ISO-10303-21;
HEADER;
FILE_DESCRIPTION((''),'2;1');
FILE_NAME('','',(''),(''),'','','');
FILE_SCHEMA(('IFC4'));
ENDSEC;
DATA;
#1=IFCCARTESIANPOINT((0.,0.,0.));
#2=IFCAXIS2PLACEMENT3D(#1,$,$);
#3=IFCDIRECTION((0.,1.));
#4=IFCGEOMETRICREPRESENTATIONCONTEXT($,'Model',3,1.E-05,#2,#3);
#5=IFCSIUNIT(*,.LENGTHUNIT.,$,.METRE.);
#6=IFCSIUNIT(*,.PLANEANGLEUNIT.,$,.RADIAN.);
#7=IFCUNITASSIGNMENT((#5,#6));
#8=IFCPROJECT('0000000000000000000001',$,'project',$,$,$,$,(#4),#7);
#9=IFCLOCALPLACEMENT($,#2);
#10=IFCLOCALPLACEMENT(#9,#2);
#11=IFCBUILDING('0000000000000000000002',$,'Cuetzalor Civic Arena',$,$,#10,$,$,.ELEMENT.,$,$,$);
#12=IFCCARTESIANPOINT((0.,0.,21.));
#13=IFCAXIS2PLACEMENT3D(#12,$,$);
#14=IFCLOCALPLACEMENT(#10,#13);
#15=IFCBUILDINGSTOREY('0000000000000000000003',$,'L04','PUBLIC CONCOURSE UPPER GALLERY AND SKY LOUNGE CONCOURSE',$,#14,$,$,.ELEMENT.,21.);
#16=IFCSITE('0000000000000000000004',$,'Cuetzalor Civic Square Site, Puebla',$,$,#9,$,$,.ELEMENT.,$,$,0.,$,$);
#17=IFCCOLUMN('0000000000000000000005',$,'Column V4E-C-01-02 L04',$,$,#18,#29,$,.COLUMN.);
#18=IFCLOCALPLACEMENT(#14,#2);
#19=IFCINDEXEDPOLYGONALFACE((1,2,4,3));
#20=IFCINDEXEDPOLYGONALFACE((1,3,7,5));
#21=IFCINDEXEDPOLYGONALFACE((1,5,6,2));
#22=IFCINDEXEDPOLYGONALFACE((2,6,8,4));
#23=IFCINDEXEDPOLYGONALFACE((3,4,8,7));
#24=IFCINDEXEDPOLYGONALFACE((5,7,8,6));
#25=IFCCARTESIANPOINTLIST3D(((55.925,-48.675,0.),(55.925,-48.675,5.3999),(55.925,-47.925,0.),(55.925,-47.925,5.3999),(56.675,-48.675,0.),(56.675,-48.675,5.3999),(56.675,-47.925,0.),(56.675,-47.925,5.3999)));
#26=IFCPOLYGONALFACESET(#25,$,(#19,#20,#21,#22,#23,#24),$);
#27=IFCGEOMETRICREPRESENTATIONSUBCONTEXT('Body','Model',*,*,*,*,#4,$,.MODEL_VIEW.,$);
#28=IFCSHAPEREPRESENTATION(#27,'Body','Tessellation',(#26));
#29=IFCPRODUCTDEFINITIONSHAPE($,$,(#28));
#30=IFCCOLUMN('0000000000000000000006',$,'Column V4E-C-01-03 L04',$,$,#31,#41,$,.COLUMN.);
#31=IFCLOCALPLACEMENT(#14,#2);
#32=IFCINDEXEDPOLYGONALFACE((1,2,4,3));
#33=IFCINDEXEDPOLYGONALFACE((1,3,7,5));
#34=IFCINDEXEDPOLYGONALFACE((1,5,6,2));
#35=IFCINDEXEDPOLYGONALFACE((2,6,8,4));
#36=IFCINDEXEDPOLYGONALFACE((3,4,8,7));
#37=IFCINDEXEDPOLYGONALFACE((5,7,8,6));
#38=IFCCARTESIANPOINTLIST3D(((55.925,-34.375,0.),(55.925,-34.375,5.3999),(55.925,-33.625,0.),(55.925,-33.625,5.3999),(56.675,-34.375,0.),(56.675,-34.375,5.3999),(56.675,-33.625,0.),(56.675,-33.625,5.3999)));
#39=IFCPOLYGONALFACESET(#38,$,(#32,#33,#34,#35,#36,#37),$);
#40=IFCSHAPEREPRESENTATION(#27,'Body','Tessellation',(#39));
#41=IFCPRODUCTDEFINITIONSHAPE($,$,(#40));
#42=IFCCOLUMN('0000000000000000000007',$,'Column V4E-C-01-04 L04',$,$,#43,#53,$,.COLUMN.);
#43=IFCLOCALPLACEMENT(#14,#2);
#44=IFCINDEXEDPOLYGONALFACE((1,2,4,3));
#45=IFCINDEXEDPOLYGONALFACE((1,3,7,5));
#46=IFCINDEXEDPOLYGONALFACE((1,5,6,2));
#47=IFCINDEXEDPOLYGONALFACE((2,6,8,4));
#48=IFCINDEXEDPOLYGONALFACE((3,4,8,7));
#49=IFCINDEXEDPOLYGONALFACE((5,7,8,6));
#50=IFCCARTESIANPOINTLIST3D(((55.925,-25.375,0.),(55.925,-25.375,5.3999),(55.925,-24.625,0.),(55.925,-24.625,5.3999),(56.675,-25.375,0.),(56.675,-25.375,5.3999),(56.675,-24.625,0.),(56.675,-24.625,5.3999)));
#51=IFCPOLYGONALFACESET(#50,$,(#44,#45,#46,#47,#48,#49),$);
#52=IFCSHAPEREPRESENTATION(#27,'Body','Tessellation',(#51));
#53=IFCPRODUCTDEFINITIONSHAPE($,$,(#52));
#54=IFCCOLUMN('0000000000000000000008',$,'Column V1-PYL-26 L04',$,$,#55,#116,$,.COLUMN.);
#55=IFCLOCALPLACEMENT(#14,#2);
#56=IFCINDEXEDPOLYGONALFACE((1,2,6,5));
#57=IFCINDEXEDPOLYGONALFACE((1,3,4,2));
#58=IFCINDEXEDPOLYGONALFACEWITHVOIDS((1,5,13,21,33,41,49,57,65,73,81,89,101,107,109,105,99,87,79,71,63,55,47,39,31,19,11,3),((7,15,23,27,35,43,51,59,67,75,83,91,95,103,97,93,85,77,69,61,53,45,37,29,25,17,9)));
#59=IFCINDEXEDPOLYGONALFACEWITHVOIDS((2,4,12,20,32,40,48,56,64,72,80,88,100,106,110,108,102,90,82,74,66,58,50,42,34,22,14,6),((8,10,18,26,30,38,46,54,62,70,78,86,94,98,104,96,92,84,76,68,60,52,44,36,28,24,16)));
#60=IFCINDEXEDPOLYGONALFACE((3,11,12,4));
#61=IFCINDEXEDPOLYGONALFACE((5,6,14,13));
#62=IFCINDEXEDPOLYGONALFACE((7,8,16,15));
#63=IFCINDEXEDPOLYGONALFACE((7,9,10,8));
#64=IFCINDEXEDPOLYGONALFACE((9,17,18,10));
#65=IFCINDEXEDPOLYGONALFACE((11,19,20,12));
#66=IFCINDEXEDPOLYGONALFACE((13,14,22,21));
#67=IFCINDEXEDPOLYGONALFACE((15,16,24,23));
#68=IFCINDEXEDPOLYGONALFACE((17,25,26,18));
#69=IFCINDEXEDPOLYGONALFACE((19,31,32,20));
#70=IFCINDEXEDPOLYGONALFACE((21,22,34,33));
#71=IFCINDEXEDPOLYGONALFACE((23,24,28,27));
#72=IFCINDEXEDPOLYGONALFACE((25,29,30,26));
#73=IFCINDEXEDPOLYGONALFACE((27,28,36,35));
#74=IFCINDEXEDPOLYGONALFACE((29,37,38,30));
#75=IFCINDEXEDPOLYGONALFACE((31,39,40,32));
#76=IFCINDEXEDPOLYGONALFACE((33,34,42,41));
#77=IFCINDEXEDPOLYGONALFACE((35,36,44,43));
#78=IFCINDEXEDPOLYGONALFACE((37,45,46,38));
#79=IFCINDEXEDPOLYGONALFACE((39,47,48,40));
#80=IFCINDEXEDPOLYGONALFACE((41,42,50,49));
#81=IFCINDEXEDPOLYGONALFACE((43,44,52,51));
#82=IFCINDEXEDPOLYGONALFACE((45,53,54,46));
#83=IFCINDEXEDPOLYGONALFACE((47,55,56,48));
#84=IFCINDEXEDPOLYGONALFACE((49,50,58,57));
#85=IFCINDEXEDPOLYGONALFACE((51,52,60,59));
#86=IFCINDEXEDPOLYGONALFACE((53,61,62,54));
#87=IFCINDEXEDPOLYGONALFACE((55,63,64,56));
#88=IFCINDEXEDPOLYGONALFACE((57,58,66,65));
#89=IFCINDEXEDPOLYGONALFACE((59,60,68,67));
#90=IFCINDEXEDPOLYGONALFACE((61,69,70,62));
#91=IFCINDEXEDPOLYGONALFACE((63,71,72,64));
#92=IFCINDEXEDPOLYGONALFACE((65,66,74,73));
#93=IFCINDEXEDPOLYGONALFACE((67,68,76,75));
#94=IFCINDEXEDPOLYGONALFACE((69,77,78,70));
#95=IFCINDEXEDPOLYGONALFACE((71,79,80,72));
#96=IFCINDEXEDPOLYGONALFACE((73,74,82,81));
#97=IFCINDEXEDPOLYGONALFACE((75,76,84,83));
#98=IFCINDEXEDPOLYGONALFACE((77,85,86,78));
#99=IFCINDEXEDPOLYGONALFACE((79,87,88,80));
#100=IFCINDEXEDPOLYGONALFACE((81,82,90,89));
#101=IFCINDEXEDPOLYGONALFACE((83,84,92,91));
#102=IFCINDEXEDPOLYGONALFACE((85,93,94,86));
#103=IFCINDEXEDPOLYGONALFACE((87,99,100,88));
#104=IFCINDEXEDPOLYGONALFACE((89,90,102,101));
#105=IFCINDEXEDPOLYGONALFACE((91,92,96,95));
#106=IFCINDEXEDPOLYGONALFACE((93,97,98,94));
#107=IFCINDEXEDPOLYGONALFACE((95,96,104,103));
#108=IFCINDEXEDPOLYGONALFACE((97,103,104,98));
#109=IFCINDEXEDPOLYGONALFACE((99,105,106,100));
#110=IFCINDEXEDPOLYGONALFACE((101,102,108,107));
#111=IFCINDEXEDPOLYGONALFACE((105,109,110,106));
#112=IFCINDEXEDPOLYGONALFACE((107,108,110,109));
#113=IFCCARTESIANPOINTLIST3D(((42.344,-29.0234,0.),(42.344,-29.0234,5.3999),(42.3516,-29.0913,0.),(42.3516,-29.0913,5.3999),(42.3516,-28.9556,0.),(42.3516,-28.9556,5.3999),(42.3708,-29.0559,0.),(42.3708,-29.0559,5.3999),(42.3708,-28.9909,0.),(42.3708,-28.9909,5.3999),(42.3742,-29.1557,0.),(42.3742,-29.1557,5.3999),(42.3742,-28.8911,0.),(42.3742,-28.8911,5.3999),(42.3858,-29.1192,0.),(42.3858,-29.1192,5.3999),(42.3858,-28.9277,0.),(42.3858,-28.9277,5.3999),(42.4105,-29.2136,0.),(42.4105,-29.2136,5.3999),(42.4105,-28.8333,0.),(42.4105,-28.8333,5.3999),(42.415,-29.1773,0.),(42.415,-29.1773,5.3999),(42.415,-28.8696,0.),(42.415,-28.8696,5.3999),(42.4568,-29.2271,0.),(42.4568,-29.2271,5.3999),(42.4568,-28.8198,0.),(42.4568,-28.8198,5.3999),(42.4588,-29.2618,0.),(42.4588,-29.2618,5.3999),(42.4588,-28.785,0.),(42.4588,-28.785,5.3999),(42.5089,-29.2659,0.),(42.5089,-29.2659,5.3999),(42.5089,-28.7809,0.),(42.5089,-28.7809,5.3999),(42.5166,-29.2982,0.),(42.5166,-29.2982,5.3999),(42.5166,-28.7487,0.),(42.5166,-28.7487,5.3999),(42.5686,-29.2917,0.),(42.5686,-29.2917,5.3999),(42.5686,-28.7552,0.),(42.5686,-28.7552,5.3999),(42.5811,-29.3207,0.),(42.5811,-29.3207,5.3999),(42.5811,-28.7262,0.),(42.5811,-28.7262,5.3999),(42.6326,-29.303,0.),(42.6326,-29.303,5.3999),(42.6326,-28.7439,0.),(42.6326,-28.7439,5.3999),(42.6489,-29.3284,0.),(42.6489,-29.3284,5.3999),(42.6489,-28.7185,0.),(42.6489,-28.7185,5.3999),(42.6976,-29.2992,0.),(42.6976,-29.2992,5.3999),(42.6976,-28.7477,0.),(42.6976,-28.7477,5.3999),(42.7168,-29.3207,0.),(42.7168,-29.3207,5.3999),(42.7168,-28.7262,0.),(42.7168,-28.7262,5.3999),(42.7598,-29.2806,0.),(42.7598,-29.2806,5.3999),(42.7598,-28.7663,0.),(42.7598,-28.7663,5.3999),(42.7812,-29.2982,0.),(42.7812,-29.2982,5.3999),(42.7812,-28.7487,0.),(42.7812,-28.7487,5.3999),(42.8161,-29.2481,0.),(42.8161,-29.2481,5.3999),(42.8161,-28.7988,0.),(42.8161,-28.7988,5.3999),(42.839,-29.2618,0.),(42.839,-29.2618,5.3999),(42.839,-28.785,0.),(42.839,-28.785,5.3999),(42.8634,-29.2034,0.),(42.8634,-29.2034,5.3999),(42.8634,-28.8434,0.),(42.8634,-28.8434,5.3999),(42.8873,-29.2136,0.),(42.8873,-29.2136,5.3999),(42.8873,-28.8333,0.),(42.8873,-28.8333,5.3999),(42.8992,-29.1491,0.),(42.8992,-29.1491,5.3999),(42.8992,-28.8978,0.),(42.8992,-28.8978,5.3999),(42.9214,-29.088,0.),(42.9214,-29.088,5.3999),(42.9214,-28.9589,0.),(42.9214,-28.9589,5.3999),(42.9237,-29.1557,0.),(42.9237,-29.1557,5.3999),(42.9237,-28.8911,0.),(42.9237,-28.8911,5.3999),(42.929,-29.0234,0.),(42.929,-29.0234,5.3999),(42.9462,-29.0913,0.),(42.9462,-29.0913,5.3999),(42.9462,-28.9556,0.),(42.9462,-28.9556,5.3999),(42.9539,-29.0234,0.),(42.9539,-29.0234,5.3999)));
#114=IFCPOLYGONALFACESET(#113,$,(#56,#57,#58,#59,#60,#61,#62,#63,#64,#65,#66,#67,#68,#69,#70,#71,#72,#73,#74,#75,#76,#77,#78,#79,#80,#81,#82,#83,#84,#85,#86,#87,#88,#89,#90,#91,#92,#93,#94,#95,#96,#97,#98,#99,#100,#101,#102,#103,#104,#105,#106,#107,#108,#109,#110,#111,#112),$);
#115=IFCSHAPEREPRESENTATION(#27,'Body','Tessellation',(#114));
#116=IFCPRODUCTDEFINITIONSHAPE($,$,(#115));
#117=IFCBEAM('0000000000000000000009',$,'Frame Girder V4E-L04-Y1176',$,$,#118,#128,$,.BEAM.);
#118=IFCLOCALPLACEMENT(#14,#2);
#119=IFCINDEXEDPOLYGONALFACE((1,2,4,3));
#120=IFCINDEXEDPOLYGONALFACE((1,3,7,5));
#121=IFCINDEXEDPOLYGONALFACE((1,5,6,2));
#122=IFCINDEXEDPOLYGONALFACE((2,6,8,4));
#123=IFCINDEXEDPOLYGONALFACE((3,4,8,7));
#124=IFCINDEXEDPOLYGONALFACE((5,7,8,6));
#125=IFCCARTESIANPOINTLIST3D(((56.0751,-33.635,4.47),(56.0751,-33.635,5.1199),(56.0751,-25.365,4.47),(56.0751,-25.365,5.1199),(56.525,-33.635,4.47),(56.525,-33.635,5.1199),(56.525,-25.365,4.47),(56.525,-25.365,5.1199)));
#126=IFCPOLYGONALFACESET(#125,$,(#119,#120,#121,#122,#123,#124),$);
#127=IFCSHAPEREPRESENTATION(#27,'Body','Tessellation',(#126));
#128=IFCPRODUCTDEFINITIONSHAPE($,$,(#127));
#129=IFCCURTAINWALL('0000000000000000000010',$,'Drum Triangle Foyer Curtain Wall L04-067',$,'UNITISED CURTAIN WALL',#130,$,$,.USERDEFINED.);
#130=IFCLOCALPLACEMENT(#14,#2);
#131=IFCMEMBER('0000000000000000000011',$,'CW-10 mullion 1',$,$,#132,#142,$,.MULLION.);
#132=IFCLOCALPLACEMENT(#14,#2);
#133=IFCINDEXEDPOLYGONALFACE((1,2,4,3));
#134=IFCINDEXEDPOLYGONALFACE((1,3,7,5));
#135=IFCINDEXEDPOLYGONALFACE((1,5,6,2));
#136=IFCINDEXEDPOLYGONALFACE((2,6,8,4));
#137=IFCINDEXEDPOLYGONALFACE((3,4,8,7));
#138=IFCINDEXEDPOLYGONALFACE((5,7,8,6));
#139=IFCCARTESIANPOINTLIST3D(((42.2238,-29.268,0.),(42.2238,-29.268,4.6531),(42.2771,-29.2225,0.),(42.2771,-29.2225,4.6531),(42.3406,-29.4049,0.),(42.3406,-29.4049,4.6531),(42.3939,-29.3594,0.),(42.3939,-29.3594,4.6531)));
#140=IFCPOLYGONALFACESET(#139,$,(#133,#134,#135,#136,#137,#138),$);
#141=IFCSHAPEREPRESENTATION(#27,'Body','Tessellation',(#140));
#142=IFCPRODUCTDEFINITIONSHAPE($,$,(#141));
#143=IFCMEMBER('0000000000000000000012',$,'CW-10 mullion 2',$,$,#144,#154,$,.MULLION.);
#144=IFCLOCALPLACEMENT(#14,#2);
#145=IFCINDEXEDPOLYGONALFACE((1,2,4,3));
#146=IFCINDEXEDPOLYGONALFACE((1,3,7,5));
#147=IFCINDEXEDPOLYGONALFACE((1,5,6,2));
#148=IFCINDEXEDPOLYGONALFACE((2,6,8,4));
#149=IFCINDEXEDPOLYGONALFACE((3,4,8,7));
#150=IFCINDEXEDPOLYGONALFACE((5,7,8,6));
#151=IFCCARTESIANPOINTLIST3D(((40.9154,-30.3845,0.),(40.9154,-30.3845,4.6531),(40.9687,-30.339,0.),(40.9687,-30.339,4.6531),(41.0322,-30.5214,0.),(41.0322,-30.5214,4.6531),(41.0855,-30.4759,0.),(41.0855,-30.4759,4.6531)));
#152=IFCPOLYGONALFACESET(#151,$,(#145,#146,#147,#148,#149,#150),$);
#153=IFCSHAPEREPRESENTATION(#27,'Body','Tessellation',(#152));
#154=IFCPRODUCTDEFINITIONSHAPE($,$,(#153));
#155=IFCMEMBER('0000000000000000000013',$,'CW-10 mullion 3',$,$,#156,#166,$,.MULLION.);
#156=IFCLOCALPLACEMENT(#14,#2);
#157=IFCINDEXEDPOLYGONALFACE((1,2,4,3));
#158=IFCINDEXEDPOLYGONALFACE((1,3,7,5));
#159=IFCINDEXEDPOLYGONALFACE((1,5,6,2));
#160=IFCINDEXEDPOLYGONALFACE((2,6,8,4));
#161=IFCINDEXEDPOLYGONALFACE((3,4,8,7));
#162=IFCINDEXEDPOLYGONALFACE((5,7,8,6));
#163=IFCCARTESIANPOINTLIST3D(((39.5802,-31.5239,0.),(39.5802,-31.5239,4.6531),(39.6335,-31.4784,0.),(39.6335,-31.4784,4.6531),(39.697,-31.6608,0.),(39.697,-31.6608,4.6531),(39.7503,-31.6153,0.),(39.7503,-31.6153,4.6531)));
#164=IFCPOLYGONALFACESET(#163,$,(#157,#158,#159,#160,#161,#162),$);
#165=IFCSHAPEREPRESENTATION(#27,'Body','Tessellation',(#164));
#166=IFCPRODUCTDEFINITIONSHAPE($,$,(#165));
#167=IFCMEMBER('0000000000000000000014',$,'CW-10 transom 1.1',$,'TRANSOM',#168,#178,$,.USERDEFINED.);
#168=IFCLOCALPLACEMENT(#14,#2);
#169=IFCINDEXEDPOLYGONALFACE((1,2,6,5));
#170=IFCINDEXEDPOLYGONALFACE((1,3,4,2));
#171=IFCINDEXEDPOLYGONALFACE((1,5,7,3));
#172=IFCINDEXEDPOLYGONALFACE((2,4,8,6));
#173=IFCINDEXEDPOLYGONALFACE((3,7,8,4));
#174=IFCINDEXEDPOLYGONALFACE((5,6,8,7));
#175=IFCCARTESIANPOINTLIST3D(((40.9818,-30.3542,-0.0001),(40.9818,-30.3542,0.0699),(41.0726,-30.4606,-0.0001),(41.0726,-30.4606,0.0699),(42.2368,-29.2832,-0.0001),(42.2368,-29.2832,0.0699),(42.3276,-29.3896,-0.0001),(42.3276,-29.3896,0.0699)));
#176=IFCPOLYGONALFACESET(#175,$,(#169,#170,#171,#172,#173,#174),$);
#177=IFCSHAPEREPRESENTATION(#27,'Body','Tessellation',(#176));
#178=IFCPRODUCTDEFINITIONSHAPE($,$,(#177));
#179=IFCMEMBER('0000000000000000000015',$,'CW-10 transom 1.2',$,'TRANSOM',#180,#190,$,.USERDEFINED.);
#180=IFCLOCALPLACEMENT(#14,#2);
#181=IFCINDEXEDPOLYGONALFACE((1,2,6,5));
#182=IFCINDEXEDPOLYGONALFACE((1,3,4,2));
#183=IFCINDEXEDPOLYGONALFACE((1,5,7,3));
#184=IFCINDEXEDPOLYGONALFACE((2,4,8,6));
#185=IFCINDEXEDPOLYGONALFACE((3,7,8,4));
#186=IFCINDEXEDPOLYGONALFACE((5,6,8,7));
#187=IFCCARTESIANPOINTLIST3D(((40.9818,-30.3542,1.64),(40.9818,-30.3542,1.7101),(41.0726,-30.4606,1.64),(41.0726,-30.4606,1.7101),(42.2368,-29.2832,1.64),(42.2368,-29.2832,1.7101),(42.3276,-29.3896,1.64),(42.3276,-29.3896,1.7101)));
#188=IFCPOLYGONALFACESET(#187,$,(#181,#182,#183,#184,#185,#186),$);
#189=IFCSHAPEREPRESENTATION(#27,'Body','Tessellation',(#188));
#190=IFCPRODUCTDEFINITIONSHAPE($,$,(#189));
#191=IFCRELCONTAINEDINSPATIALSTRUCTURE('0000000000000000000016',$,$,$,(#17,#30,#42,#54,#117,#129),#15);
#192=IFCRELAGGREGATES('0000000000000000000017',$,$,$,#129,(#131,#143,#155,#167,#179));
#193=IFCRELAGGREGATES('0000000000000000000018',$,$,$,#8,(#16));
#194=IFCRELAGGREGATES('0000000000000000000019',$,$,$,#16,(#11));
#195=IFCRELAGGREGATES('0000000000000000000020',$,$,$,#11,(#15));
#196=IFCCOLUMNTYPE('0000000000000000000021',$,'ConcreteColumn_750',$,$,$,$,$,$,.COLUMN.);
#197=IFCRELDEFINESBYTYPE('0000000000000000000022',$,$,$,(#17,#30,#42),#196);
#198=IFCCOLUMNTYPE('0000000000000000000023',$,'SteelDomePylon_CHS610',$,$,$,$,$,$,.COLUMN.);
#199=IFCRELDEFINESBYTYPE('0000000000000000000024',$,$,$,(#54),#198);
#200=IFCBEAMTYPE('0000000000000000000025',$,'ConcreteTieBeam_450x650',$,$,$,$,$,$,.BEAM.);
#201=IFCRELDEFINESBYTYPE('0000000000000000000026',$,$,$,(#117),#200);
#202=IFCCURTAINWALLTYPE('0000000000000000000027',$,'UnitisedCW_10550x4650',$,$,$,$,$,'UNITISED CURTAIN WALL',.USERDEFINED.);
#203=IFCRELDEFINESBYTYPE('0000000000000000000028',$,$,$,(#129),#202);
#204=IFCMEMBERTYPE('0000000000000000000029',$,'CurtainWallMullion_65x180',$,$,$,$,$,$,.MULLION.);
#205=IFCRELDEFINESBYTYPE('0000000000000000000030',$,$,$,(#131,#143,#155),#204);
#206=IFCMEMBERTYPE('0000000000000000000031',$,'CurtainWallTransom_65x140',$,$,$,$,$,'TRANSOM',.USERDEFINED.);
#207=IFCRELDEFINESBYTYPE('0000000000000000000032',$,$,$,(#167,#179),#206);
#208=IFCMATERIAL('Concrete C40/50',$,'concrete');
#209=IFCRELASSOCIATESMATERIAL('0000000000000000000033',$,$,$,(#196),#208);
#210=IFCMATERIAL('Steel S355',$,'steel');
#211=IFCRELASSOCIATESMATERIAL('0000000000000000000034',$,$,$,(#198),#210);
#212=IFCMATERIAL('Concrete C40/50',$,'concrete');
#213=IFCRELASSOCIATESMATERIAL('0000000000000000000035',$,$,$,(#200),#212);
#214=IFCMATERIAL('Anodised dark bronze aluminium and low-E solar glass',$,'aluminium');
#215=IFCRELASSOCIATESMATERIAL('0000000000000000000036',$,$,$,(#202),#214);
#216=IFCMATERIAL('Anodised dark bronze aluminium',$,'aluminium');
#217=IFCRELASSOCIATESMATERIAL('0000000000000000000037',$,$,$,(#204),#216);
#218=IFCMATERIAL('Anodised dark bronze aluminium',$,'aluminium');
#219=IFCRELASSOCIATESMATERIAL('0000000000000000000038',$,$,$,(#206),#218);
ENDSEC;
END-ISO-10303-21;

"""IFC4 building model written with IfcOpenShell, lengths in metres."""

from ifc_helpers import new_model, si_unit, direction, frame, origin, origin_2d, place, context, subcontext, project, spatial, rectangle, hollow_circle, extrude, material, material_profile, profile_set, type_object, element, aggregate, save


model = new_model("IFC4")

# Units and contexts
model_context = context("Model", 3, precision=1e-05, world=origin(), true_north=direction((0.0, 1.0)))
body_context = subcontext(model_context, "Body", "Model", "MODEL_VIEW")
ifc_project = project(units=[si_unit("LENGTHUNIT", "METRE"), si_unit("PLANEANGLEUNIT", "RADIAN")], contexts=[model_context])

# Site, building, storey
site_placement = place(None, origin())
site = spatial("IfcSite", under=ifc_project, at=site_placement, Name="Cuetzalor Civic Square Site, Puebla", CompositionType="ELEMENT", RefElevation=0.0)
building_placement = place(site_placement, origin())
building = spatial("IfcBuilding", under=site, at=building_placement, Name="Cuetzalor Civic Arena", CompositionType="ELEMENT")
storey_placement = place(building_placement, frame((0.0, 0.0, 21.0)))
storey = spatial("IfcBuildingStorey", under=building, at=storey_placement, Name="L04", Description="PUBLIC CONCOURSE UPPER GALLERY AND SKY LOUNGE CONCOURSE", CompositionType="ELEMENT", Elevation=21.0)

# Columns
ifc_material_1 = material(Name="Concrete C40/50", Category="concrete")
ifc_material_profile_1 = material_profile(ifc_material_1, rectangle(XDim=0.75, YDim=0.75, at=origin_2d()), Name="RC 750x750")
ifc_profile_set_1 = profile_set([ifc_material_profile_1], Name="Concrete C40/50")
column_type_1 = type_object("IfcColumnType", Name="ConcreteColumn_750", PredefinedType="COLUMN", material=ifc_profile_set_1)
for number, where, z_axis, x_axis, name in (
    (1, (56.3, -48.3, 0.0), (0.0, 0.0, 1.0), (1.0, 0.0, 0.0), "Column V4E-C-01-02 L04"),
    (2, (56.3, -34.0, 0.0), (0.0, 0.0, 1.0), (1.0, 0.0, 0.0), "Column V4E-C-01-03 L04"),
    (3, (56.3, -25.0, 0.0), (0.0, 0.0, 1.0), (1.0, 0.0, 0.0), "Column V4E-C-01-04 L04"),
):
    element("IfcColumn", number, at=place(storey_placement, frame(where, z_axis=z_axis, x_axis=x_axis)), inside=storey, type_object=column_type_1, Name=name, PredefinedType="COLUMN", context=body_context, shape_type="SweptSolid", body=[
        extrude(rectangle(XDim=0.75, YDim=0.75, at=origin_2d()), origin(), (0.0, 0.0, 1.0), 5.3999),
    ])
ifc_material_2 = material(Name="Steel S355", Category="steel")
ifc_material_profile_2 = material_profile(ifc_material_2, hollow_circle(Radius=0.3049, WallThickness=0.0249, at=origin_2d()), Name="CHS 610x25")
ifc_profile_set_2 = profile_set([ifc_material_profile_2], Name="Steel S355")
column_type_2 = type_object("IfcColumnType", Name="SteelDomePylon_CHS610", PredefinedType="COLUMN", material=ifc_profile_set_2)
column_placement = place(storey_placement, frame((42.6489, -29.0234, 0.0), z_axis=(0.0, 0.0, 1.0), x_axis=(1.0, 0.0, 0.0)))
element("IfcColumn", 4, at=column_placement, inside=storey, type_object=column_type_2, Name="Column V1-PYL-26 L04", PredefinedType="COLUMN", context=body_context, shape_type="SweptSolid", body=[
    extrude(hollow_circle(Radius=0.3049, WallThickness=0.0249, at=origin_2d()), origin(), (0.0, 0.0, 1.0), 5.3999),
])

# Beam
ifc_material_3 = material(Name="Concrete C40/50", Category="concrete")
ifc_material_profile_3 = material_profile(ifc_material_3, rectangle(XDim=0.45, YDim=0.6499, at=origin_2d()), Name="RC 450x650")
ifc_profile_set_3 = profile_set([ifc_material_profile_3], Name="Concrete C40/50")
beam_type_1 = type_object("IfcBeamType", Name="ConcreteTieBeam_450x650", PredefinedType="BEAM", material=ifc_profile_set_3)
beam_1_placement = place(storey_placement, frame((56.3, -33.635, 4.7949), z_axis=(0.0, 1.0, 0.0), x_axis=(-1.0, 0.0, 0.0)))
element("IfcBeam", 5, at=beam_1_placement, inside=storey, type_object=beam_type_1, Name="Frame Girder V4E-L04-Y1176", PredefinedType="BEAM", context=body_context, shape_type="SweptSolid", body=[
    extrude(rectangle(XDim=0.45, YDim=0.6499, at=origin_2d()), origin(), (0.0, 0.0, 1.0), 8.27),
])

# Curtain wall, members
ifc_material_4 = material(Name="Anodised dark bronze aluminium and low-E solar glass", Category="aluminium")
curtain_wall_type = type_object("IfcCurtainWallType", Name="UnitisedCW_10550x4650", ElementType="UNITISED CURTAIN WALL", PredefinedType="USERDEFINED", material=ifc_material_4)
curtain_wall_placement = place(storey_placement, origin())
curtain_wall = element("IfcCurtainWall", 6, at=curtain_wall_placement, inside=storey, type_object=curtain_wall_type, Name="Drum Triangle Foyer Curtain Wall L04-067", ObjectType="UNITISED CURTAIN WALL", PredefinedType="USERDEFINED")
ifc_material_5 = material(Name="Anodised dark bronze aluminium", Category="aluminium")
ifc_material_profile_4 = material_profile(ifc_material_5, rectangle(XDim=0.0701, YDim=0.1799, at=origin_2d()), Name="ALU MULLION 70x180")
ifc_profile_set_4 = profile_set([ifc_material_profile_4], Name="Anodised dark bronze aluminium")
member_type_1 = type_object("IfcMemberType", Name="CurtainWallMullion_65x180", PredefinedType="MULLION", material=ifc_profile_set_4)
member_1_placement = place(storey_placement, frame((42.3088, -29.3137, 0.0), z_axis=(0.0, 0.0, 1.0), x_axis=(-0.760677, -0.64913, 0.0)))
member_1 = element("IfcMember", 7, at=member_1_placement, type_object=member_type_1, Name="CW-10 mullion 1", PredefinedType="MULLION", context=body_context, shape_type="SweptSolid", body=[
    extrude(rectangle(XDim=0.0701, YDim=0.1799, at=origin_2d()), origin(), (0.0, 0.0, 1.0), 4.6531),
])
member_2_placement = place(storey_placement, frame((41.0005, -30.4302, 0.0), z_axis=(0.0, 0.0, 1.0), x_axis=(-0.760677, -0.64913, 0.0)))
member_2 = element("IfcMember", 8, at=member_2_placement, type_object=member_type_1, Name="CW-10 mullion 2", PredefinedType="MULLION", context=body_context, shape_type="SweptSolid", body=[
    extrude(rectangle(XDim=0.0701, YDim=0.1799, at=origin_2d()), origin(), (0.0, 0.0, 1.0), 4.6531),
])
member_3_placement = place(storey_placement, frame((39.6653, -31.5696, 0.0), z_axis=(0.0, 0.0, 1.0), x_axis=(-0.760677, -0.64913, 0.0)))
member_3 = element("IfcMember", 9, at=member_3_placement, type_object=member_type_1, Name="CW-10 mullion 3", PredefinedType="MULLION", context=body_context, shape_type="SweptSolid", body=[
    extrude(rectangle(XDim=0.0701, YDim=0.1799, at=origin_2d()), origin(), (0.0, 0.0, 1.0), 4.6531),
])
ifc_material_6 = material(Name="Anodised dark bronze aluminium", Category="aluminium")
ifc_material_profile_5 = material_profile(ifc_material_6, rectangle(XDim=0.1399, YDim=0.0701, at=origin_2d()), Name="ALU TRANSOM 70x140")
ifc_profile_set_5 = profile_set([ifc_material_profile_5], Name="Anodised dark bronze aluminium")
member_type_2 = type_object("IfcMemberType", Name="CurtainWallTransom_65x140", ElementType="TRANSOM", PredefinedType="USERDEFINED", material=ifc_profile_set_5)
member_4_placement = place(storey_placement, frame((42.2822, -29.3364, 0.0349), z_axis=(-0.760686, -0.64912, 0.0), x_axis=(0.64912, -0.760686, 0.0)))
member_4 = element("IfcMember", 10, at=member_4_placement, type_object=member_type_2, Name="CW-10 transom 1.1", ObjectType="TRANSOM", PredefinedType="USERDEFINED", context=body_context, shape_type="SweptSolid", body=[
    extrude(rectangle(XDim=0.1399, YDim=0.0701, at=origin_2d()), origin(), (0.0, 0.0, 1.0), 1.6499),
])
member_5_placement = place(storey_placement, frame((42.2822, -29.3364, 1.675), z_axis=(-0.760686, -0.64912, 0.0), x_axis=(0.64912, -0.760686, 0.0)))
member_5 = element("IfcMember", 11, at=member_5_placement, type_object=member_type_2, Name="CW-10 transom 1.2", ObjectType="TRANSOM", PredefinedType="USERDEFINED", context=body_context, shape_type="SweptSolid", body=[
    extrude(rectangle(XDim=0.1399, YDim=0.0701, at=origin_2d()), origin(), (0.0, 0.0, 1.0), 1.6499),
])

aggregate(curtain_wall, [member_1, member_2, member_3, member_4, member_5])

save(model, "model.ifc")
